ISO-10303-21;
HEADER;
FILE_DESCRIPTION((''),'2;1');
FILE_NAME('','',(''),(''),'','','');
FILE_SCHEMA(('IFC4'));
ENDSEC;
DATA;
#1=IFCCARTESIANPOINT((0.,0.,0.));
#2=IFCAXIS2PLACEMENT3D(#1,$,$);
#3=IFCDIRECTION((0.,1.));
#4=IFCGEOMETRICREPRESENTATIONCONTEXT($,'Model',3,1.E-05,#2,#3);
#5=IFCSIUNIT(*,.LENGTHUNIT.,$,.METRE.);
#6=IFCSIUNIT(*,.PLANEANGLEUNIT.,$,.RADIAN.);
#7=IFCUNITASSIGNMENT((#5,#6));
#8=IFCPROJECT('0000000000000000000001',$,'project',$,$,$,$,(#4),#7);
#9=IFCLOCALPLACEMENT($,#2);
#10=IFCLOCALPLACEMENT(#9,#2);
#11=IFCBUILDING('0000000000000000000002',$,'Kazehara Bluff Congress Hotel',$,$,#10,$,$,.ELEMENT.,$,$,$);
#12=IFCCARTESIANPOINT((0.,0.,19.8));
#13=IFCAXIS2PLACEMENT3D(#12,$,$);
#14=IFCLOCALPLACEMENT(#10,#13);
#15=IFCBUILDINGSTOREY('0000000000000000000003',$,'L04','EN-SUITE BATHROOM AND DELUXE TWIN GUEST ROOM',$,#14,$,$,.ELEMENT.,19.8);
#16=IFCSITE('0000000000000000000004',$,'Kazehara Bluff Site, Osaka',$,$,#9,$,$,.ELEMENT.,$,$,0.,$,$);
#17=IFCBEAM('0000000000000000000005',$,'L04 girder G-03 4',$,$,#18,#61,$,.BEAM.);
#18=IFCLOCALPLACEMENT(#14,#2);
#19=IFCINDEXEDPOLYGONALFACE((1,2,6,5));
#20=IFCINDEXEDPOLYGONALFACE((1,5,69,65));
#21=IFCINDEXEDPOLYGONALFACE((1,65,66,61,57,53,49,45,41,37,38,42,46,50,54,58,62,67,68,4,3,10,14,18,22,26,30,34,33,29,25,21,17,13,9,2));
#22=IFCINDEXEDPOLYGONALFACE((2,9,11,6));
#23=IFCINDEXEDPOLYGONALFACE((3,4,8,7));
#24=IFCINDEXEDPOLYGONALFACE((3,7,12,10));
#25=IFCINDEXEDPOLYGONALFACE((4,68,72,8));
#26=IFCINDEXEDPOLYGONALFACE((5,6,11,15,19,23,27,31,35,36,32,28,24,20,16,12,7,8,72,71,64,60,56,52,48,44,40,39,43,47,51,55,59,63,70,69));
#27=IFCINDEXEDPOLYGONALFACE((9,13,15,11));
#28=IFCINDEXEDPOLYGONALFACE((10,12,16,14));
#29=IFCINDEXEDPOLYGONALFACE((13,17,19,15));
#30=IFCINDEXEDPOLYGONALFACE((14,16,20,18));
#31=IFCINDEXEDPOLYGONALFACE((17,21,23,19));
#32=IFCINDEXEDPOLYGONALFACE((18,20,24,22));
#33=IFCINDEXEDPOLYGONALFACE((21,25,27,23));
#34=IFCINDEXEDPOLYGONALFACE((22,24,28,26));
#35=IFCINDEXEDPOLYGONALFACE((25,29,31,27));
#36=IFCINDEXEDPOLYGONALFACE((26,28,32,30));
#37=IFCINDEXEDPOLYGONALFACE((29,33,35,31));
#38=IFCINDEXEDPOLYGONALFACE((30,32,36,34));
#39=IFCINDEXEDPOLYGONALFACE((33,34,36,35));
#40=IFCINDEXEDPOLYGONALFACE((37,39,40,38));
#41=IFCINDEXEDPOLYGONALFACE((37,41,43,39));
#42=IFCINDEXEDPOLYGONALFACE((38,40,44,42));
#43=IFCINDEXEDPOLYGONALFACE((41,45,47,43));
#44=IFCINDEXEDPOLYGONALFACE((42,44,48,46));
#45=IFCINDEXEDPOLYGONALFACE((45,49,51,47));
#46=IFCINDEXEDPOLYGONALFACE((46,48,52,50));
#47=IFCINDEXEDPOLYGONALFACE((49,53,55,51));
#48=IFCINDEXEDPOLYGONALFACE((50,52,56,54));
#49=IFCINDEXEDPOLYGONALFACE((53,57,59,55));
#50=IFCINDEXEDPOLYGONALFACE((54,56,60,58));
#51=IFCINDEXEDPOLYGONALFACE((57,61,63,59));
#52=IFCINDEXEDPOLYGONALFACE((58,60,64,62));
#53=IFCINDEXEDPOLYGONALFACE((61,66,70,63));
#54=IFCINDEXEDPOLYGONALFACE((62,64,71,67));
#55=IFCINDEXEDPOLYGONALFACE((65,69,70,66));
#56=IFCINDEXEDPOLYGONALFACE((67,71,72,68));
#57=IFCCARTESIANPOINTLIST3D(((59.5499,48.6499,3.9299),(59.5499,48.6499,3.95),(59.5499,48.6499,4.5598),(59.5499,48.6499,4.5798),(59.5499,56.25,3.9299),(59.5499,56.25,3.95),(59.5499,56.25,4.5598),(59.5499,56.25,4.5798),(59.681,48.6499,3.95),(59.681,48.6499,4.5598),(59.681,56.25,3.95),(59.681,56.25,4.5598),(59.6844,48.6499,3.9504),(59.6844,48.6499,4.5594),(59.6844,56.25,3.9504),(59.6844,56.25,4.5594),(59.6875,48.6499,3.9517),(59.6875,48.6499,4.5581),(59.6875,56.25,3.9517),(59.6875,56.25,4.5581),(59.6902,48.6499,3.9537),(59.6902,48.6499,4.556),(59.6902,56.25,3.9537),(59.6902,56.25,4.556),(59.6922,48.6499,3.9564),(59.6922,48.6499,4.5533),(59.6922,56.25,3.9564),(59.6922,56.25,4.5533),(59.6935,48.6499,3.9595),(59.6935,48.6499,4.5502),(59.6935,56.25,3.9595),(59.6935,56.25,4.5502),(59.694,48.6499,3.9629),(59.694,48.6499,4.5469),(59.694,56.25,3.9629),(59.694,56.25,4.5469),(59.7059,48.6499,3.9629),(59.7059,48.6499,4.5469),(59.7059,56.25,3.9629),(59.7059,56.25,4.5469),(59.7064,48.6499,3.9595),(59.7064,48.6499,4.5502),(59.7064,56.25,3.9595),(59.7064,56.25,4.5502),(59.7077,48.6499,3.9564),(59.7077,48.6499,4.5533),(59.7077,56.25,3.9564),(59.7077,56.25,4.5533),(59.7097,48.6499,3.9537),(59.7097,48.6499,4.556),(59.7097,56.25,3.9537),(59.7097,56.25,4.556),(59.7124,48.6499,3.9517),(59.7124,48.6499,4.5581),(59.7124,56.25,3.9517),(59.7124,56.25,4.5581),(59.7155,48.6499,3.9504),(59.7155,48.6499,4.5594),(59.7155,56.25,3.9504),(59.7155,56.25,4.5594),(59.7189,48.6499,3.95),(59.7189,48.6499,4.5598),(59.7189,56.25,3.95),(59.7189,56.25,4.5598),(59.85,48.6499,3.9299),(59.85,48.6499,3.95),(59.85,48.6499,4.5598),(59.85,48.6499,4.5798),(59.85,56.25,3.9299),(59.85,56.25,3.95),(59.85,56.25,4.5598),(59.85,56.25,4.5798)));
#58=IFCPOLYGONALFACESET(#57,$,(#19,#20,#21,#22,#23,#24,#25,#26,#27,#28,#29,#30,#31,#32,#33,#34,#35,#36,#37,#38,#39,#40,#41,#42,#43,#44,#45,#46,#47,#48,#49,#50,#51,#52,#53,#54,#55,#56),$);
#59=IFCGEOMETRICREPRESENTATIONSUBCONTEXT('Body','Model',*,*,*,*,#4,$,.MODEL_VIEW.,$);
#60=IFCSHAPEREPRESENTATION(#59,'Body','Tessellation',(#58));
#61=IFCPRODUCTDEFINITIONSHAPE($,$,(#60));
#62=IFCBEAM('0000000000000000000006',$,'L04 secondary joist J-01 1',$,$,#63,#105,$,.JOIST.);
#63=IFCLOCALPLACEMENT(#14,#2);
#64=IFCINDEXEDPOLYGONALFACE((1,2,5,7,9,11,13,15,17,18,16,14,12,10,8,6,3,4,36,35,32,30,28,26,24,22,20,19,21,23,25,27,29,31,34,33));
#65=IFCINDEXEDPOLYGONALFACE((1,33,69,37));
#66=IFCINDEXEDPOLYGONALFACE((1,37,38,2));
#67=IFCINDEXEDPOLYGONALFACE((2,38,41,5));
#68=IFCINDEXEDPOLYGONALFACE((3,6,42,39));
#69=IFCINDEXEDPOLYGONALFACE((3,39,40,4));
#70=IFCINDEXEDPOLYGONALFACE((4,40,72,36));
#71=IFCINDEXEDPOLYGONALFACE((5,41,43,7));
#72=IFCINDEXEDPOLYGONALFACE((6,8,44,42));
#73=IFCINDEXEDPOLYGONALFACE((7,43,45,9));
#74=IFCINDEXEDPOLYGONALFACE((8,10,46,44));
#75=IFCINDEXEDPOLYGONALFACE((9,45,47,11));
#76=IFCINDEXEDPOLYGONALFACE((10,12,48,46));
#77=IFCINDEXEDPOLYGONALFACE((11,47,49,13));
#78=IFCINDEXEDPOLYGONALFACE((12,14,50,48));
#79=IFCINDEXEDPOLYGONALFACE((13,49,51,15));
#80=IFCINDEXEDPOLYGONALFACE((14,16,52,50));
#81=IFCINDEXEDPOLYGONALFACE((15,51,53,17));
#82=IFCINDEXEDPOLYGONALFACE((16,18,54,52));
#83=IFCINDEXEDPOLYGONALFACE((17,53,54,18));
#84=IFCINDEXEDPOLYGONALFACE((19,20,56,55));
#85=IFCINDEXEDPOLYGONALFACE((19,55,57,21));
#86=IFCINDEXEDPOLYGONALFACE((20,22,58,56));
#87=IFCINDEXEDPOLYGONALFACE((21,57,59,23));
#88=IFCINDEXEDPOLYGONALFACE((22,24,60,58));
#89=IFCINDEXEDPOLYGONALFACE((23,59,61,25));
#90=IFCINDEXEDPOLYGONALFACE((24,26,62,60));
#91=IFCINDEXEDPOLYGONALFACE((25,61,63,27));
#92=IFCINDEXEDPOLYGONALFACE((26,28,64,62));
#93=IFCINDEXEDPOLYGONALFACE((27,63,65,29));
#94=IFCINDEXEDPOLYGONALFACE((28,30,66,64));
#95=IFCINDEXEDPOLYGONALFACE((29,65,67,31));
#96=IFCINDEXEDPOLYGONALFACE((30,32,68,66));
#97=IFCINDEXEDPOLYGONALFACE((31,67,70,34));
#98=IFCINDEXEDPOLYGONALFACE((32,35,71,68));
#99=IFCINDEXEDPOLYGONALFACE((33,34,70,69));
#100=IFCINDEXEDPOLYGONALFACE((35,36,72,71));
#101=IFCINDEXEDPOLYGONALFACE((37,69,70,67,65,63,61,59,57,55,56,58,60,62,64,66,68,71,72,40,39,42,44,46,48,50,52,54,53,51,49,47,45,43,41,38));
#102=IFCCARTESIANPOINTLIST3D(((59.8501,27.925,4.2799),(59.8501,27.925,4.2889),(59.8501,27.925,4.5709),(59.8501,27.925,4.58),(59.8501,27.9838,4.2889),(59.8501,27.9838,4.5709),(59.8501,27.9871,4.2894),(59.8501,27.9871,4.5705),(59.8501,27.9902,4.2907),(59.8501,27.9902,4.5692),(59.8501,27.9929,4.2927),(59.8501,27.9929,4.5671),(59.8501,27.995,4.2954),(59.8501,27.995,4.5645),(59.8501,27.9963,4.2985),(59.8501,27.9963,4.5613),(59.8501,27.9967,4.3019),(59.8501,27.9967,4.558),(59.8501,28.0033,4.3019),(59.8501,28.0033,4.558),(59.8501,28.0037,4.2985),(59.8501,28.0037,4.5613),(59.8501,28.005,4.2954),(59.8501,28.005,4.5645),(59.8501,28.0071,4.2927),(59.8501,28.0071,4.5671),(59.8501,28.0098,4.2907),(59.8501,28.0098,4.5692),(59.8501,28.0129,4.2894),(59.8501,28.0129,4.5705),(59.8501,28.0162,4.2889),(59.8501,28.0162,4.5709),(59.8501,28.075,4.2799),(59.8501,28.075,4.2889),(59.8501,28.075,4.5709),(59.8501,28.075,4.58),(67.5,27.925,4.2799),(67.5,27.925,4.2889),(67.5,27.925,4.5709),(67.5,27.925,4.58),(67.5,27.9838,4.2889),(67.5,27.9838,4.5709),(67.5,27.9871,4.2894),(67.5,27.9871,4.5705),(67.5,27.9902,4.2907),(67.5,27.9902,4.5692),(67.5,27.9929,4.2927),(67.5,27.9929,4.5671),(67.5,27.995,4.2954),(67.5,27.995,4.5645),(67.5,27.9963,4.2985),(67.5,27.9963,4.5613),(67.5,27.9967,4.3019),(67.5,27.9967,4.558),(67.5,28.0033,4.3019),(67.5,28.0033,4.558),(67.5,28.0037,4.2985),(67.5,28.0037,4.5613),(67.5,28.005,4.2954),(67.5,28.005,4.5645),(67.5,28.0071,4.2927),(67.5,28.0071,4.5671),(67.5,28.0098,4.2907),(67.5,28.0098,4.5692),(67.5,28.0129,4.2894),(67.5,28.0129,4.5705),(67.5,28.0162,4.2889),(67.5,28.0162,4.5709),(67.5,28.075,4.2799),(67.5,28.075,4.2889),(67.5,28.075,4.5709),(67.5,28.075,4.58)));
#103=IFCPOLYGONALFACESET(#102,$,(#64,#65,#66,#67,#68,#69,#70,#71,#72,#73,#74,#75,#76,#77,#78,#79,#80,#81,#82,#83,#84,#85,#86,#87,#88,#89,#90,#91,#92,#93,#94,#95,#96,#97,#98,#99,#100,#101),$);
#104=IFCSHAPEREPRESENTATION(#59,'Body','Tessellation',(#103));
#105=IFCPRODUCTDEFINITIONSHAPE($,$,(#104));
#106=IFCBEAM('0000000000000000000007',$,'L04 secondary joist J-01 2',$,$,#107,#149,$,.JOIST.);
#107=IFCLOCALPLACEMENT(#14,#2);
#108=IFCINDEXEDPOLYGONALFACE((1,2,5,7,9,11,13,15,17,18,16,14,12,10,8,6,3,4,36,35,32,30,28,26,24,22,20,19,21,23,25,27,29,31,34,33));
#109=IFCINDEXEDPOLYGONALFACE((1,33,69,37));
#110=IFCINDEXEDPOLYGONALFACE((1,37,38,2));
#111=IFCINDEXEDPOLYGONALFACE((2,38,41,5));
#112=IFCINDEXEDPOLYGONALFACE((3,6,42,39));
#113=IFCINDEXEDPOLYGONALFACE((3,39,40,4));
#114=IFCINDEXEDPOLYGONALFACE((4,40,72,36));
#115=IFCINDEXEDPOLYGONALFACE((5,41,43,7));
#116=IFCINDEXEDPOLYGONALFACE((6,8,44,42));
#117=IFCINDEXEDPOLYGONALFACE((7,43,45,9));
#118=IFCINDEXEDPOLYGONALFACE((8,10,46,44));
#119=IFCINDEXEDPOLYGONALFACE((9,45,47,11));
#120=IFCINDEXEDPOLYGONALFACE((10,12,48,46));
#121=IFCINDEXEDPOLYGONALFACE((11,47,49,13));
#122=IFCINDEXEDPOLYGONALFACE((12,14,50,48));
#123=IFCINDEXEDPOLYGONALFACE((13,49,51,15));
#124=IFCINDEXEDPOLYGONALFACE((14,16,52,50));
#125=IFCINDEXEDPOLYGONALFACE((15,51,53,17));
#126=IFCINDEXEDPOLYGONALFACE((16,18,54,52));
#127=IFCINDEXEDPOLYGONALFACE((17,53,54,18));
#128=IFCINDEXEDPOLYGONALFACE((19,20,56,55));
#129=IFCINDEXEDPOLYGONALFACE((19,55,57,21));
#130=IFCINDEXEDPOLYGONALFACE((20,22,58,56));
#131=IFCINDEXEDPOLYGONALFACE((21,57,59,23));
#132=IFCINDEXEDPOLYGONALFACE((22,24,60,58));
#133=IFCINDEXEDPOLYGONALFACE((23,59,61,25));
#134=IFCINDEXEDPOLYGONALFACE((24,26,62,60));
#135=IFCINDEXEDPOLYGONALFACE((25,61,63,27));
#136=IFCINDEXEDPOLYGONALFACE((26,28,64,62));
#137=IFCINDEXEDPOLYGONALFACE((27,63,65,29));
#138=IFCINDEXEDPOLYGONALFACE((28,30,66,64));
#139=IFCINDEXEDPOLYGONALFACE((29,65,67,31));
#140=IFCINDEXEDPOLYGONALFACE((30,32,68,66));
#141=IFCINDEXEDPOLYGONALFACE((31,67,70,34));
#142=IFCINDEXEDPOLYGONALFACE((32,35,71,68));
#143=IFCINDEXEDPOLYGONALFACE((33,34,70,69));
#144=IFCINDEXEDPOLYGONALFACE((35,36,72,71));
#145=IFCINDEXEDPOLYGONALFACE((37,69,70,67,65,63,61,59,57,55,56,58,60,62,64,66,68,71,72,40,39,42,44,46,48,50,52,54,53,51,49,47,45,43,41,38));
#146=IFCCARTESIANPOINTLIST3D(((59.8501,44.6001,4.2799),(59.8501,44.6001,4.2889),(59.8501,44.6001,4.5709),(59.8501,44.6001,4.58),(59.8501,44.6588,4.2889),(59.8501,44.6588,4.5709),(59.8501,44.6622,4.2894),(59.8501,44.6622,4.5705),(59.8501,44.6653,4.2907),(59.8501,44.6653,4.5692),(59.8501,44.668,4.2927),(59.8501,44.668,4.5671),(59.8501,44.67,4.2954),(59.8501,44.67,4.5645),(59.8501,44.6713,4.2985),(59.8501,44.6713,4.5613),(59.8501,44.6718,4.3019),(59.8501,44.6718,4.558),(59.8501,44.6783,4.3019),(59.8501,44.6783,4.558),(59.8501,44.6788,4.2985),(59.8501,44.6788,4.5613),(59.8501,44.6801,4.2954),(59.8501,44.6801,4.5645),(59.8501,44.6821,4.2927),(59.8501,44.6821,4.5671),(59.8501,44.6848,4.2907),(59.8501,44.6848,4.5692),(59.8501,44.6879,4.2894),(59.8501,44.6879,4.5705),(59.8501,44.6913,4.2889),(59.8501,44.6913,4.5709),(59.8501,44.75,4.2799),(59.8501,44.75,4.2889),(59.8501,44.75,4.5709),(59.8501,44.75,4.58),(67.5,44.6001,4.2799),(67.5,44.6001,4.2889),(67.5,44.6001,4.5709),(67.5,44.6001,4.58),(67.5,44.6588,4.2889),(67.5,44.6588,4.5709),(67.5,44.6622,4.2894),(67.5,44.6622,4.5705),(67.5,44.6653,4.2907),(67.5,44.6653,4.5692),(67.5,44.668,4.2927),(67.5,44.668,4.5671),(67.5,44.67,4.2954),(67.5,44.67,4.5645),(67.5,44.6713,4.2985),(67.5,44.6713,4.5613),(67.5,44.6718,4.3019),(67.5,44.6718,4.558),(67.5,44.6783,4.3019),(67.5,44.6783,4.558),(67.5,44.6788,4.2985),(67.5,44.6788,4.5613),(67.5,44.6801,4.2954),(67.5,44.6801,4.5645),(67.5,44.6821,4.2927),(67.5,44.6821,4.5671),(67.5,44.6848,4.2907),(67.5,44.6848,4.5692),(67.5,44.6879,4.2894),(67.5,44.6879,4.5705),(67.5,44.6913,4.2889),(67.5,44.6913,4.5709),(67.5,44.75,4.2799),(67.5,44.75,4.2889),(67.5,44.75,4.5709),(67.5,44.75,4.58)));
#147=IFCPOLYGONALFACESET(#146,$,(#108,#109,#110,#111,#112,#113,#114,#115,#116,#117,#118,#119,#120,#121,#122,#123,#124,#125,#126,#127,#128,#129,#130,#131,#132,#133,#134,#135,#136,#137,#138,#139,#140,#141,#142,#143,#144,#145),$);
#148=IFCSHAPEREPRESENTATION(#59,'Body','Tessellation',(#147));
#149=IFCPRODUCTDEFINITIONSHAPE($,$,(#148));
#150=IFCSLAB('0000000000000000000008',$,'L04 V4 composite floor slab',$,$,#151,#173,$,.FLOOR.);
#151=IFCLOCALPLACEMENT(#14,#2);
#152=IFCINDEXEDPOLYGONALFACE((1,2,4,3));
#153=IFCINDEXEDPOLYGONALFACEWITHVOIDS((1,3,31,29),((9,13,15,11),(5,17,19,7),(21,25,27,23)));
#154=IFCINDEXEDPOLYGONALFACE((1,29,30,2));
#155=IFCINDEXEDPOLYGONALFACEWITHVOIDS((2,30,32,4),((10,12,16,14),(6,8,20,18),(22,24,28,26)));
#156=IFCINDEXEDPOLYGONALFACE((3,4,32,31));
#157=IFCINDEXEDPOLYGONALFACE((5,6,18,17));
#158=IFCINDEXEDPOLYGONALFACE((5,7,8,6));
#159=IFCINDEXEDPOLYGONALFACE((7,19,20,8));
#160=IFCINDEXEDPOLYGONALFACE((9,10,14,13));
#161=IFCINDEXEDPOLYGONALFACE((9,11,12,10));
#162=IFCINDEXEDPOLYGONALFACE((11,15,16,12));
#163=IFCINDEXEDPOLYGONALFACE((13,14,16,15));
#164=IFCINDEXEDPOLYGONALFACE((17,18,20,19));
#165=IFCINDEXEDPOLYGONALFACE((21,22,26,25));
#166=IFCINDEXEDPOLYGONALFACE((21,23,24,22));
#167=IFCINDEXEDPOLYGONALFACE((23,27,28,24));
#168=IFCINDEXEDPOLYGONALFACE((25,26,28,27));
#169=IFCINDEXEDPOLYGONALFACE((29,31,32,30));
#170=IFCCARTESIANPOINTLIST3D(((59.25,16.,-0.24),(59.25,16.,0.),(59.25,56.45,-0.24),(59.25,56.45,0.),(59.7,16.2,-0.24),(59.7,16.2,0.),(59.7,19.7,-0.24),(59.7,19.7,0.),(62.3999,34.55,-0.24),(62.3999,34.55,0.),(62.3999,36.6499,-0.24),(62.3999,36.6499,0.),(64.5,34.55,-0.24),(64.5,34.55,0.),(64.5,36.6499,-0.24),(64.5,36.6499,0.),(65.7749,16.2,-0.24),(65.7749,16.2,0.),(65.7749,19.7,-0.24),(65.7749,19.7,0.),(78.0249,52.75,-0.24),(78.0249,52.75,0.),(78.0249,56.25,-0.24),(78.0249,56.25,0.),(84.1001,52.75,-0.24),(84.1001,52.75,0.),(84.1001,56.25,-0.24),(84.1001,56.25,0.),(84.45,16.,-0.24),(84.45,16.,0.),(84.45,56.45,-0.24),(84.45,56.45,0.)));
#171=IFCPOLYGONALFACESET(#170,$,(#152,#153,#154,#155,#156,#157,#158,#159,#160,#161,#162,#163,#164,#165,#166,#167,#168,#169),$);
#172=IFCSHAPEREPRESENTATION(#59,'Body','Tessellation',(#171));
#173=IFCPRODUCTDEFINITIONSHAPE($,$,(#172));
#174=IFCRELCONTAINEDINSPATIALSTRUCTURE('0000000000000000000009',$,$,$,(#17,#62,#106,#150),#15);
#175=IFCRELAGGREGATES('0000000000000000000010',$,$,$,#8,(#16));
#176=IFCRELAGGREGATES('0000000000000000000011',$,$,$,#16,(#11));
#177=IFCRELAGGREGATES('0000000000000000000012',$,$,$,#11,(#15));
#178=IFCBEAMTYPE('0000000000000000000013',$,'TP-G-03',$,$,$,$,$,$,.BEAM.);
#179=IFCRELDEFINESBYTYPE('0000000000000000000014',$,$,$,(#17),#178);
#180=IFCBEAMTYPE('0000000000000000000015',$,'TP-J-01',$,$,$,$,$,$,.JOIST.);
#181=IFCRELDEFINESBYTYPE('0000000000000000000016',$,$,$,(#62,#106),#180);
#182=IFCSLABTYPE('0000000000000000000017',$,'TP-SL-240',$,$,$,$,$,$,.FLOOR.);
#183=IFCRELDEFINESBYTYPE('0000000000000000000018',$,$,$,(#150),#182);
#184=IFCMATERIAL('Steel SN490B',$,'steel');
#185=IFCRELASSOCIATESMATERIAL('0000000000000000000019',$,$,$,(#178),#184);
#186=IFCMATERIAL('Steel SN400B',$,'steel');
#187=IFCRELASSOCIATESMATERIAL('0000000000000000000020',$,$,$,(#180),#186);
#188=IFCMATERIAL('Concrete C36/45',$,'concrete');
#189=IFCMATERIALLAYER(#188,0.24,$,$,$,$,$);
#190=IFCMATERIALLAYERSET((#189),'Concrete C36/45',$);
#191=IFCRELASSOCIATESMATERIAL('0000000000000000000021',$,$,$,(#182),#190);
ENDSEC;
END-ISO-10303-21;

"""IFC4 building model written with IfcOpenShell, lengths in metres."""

from ifc_helpers import new_model, si_unit, direction, frame, origin, origin_2d, place, context, subcontext, project, spatial, polyline, i_section, outline, extrude, material, layer, layer_set, material_profile, profile_set, type_object, element, save


model = new_model("IFC4")

# Units and contexts
model_context = context("Model", 3, precision=1e-05, world=origin(), true_north=direction((0.0, 1.0)))
body_context = subcontext(model_context, "Body", "Model", "MODEL_VIEW")
ifc_project = project(units=[si_unit("LENGTHUNIT", "METRE"), si_unit("PLANEANGLEUNIT", "RADIAN")], contexts=[model_context])

# Site, building, storey
site_placement = place(None, origin())
site = spatial("IfcSite", under=ifc_project, at=site_placement, Name="Kazehara Bluff Site, Osaka", CompositionType="ELEMENT", RefElevation=0.0)
building_placement = place(site_placement, origin())
building = spatial("IfcBuilding", under=site, at=building_placement, Name="Kazehara Bluff Congress Hotel", CompositionType="ELEMENT")
storey_placement = place(building_placement, frame((0.0, 0.0, 19.8)))
storey = spatial("IfcBuildingStorey", under=building, at=storey_placement, Name="L04", Description="EN-SUITE BATHROOM AND DELUXE TWIN GUEST ROOM", CompositionType="ELEMENT", Elevation=19.8)

# Beams
ifc_material_1 = material(Name="Steel SN490B", Category="steel")
ifc_material_profile_1 = material_profile(ifc_material_1, i_section(OverallWidth=0.3, OverallDepth=0.6499, WebThickness=0.012, FlangeThickness=0.02, FilletRadius=0.0129, at=origin_2d()))
ifc_profile_set_1 = profile_set([ifc_material_profile_1], Name="Steel SN490B")
beam_type_1 = type_object("IfcBeamType", Name="TP-G-03", PredefinedType="BEAM", material=ifc_profile_set_1)
beam_1_placement = place(storey_placement, frame((59.7, 48.6499, 4.2549), z_axis=(0.0, 1.0, 0.0), x_axis=(-1.0, 0.0, 0.0)))
element("IfcBeam", 1, at=beam_1_placement, inside=storey, type_object=beam_type_1, Name="L04 girder G-03 4", PredefinedType="BEAM", context=body_context, shape_type="SweptSolid", body=[
    extrude(i_section(OverallWidth=0.3, OverallDepth=0.6499, WebThickness=0.012, FlangeThickness=0.02, FilletRadius=0.0129, at=origin_2d()), origin(), (0.0, 0.0, 1.0), 7.6001),
])
ifc_material_2 = material(Name="Steel SN400B", Category="steel")
ifc_material_profile_2 = material_profile(ifc_material_2, i_section(OverallWidth=0.1499, OverallDepth=0.3, WebThickness=0.0066, FlangeThickness=0.009, FilletRadius=0.0129, at=origin_2d()))
ifc_profile_set_2 = profile_set([ifc_material_profile_2], Name="Steel SN400B")
beam_type_2 = type_object("IfcBeamType", Name="TP-J-01", PredefinedType="JOIST", material=ifc_profile_set_2)
for number, where, z_axis, x_axis, name in (
    (2, (59.8501, 28.0, 4.4299), (1.0, 0.0, 0.0), (0.0, 1.0, 0.0), "L04 secondary joist J-01 1"),
    (3, (59.8501, 44.675, 4.4299), (1.0, 0.0, 0.0), (0.0, 1.0, 0.0), "L04 secondary joist J-01 2"),
):
    element("IfcBeam", number, at=place(storey_placement, frame(where, z_axis=z_axis, x_axis=x_axis)), inside=storey, type_object=beam_type_2, Name=name, PredefinedType="JOIST", context=body_context, shape_type="SweptSolid", body=[
        extrude(i_section(OverallWidth=0.1499, OverallDepth=0.3, WebThickness=0.0066, FlangeThickness=0.009, FilletRadius=0.0129, at=origin_2d()), origin(), (0.0, 0.0, 1.0), 7.6499),
    ])

# Slab
ifc_material_3 = material(Name="Concrete C36/45", Category="concrete")
ifc_layer_1 = layer(ifc_material_3, 0.24)
ifc_layer_set_1 = layer_set([ifc_layer_1], Name="Concrete C36/45")
slab_type_1 = type_object("IfcSlabType", Name="TP-SL-240", PredefinedType="FLOOR", material=ifc_layer_set_1)
slab_1_placement = place(storey_placement, frame((0.0, 0.0, -0.24)))
element("IfcSlab", 4, at=slab_1_placement, inside=storey, type_object=slab_type_1, Name="L04 V4 composite floor slab", PredefinedType="FLOOR", context=body_context, shape_type="SweptSolid", body=[
    extrude(outline(polyline([(59.25, 16.0), (84.45, 16.0), (84.45, 56.45), (59.25, 56.45), (59.25, 16.0)]), holes=[polyline([(65.7749, 19.7), (59.7, 19.7), (59.7, 16.2), (65.7749, 16.2), (65.7749, 19.7)]), polyline([(78.0249, 52.75), (84.1001, 52.75), (84.1001, 56.25), (78.0249, 56.25), (78.0249, 52.75)]), polyline([(62.3999, 34.55), (64.5, 34.55), (64.5, 36.6499), (62.3999, 36.6499), (62.3999, 34.55)])]), origin(), (0.0, 0.0, 1.0), 0.24),
])

save(model, "model.ifc")
